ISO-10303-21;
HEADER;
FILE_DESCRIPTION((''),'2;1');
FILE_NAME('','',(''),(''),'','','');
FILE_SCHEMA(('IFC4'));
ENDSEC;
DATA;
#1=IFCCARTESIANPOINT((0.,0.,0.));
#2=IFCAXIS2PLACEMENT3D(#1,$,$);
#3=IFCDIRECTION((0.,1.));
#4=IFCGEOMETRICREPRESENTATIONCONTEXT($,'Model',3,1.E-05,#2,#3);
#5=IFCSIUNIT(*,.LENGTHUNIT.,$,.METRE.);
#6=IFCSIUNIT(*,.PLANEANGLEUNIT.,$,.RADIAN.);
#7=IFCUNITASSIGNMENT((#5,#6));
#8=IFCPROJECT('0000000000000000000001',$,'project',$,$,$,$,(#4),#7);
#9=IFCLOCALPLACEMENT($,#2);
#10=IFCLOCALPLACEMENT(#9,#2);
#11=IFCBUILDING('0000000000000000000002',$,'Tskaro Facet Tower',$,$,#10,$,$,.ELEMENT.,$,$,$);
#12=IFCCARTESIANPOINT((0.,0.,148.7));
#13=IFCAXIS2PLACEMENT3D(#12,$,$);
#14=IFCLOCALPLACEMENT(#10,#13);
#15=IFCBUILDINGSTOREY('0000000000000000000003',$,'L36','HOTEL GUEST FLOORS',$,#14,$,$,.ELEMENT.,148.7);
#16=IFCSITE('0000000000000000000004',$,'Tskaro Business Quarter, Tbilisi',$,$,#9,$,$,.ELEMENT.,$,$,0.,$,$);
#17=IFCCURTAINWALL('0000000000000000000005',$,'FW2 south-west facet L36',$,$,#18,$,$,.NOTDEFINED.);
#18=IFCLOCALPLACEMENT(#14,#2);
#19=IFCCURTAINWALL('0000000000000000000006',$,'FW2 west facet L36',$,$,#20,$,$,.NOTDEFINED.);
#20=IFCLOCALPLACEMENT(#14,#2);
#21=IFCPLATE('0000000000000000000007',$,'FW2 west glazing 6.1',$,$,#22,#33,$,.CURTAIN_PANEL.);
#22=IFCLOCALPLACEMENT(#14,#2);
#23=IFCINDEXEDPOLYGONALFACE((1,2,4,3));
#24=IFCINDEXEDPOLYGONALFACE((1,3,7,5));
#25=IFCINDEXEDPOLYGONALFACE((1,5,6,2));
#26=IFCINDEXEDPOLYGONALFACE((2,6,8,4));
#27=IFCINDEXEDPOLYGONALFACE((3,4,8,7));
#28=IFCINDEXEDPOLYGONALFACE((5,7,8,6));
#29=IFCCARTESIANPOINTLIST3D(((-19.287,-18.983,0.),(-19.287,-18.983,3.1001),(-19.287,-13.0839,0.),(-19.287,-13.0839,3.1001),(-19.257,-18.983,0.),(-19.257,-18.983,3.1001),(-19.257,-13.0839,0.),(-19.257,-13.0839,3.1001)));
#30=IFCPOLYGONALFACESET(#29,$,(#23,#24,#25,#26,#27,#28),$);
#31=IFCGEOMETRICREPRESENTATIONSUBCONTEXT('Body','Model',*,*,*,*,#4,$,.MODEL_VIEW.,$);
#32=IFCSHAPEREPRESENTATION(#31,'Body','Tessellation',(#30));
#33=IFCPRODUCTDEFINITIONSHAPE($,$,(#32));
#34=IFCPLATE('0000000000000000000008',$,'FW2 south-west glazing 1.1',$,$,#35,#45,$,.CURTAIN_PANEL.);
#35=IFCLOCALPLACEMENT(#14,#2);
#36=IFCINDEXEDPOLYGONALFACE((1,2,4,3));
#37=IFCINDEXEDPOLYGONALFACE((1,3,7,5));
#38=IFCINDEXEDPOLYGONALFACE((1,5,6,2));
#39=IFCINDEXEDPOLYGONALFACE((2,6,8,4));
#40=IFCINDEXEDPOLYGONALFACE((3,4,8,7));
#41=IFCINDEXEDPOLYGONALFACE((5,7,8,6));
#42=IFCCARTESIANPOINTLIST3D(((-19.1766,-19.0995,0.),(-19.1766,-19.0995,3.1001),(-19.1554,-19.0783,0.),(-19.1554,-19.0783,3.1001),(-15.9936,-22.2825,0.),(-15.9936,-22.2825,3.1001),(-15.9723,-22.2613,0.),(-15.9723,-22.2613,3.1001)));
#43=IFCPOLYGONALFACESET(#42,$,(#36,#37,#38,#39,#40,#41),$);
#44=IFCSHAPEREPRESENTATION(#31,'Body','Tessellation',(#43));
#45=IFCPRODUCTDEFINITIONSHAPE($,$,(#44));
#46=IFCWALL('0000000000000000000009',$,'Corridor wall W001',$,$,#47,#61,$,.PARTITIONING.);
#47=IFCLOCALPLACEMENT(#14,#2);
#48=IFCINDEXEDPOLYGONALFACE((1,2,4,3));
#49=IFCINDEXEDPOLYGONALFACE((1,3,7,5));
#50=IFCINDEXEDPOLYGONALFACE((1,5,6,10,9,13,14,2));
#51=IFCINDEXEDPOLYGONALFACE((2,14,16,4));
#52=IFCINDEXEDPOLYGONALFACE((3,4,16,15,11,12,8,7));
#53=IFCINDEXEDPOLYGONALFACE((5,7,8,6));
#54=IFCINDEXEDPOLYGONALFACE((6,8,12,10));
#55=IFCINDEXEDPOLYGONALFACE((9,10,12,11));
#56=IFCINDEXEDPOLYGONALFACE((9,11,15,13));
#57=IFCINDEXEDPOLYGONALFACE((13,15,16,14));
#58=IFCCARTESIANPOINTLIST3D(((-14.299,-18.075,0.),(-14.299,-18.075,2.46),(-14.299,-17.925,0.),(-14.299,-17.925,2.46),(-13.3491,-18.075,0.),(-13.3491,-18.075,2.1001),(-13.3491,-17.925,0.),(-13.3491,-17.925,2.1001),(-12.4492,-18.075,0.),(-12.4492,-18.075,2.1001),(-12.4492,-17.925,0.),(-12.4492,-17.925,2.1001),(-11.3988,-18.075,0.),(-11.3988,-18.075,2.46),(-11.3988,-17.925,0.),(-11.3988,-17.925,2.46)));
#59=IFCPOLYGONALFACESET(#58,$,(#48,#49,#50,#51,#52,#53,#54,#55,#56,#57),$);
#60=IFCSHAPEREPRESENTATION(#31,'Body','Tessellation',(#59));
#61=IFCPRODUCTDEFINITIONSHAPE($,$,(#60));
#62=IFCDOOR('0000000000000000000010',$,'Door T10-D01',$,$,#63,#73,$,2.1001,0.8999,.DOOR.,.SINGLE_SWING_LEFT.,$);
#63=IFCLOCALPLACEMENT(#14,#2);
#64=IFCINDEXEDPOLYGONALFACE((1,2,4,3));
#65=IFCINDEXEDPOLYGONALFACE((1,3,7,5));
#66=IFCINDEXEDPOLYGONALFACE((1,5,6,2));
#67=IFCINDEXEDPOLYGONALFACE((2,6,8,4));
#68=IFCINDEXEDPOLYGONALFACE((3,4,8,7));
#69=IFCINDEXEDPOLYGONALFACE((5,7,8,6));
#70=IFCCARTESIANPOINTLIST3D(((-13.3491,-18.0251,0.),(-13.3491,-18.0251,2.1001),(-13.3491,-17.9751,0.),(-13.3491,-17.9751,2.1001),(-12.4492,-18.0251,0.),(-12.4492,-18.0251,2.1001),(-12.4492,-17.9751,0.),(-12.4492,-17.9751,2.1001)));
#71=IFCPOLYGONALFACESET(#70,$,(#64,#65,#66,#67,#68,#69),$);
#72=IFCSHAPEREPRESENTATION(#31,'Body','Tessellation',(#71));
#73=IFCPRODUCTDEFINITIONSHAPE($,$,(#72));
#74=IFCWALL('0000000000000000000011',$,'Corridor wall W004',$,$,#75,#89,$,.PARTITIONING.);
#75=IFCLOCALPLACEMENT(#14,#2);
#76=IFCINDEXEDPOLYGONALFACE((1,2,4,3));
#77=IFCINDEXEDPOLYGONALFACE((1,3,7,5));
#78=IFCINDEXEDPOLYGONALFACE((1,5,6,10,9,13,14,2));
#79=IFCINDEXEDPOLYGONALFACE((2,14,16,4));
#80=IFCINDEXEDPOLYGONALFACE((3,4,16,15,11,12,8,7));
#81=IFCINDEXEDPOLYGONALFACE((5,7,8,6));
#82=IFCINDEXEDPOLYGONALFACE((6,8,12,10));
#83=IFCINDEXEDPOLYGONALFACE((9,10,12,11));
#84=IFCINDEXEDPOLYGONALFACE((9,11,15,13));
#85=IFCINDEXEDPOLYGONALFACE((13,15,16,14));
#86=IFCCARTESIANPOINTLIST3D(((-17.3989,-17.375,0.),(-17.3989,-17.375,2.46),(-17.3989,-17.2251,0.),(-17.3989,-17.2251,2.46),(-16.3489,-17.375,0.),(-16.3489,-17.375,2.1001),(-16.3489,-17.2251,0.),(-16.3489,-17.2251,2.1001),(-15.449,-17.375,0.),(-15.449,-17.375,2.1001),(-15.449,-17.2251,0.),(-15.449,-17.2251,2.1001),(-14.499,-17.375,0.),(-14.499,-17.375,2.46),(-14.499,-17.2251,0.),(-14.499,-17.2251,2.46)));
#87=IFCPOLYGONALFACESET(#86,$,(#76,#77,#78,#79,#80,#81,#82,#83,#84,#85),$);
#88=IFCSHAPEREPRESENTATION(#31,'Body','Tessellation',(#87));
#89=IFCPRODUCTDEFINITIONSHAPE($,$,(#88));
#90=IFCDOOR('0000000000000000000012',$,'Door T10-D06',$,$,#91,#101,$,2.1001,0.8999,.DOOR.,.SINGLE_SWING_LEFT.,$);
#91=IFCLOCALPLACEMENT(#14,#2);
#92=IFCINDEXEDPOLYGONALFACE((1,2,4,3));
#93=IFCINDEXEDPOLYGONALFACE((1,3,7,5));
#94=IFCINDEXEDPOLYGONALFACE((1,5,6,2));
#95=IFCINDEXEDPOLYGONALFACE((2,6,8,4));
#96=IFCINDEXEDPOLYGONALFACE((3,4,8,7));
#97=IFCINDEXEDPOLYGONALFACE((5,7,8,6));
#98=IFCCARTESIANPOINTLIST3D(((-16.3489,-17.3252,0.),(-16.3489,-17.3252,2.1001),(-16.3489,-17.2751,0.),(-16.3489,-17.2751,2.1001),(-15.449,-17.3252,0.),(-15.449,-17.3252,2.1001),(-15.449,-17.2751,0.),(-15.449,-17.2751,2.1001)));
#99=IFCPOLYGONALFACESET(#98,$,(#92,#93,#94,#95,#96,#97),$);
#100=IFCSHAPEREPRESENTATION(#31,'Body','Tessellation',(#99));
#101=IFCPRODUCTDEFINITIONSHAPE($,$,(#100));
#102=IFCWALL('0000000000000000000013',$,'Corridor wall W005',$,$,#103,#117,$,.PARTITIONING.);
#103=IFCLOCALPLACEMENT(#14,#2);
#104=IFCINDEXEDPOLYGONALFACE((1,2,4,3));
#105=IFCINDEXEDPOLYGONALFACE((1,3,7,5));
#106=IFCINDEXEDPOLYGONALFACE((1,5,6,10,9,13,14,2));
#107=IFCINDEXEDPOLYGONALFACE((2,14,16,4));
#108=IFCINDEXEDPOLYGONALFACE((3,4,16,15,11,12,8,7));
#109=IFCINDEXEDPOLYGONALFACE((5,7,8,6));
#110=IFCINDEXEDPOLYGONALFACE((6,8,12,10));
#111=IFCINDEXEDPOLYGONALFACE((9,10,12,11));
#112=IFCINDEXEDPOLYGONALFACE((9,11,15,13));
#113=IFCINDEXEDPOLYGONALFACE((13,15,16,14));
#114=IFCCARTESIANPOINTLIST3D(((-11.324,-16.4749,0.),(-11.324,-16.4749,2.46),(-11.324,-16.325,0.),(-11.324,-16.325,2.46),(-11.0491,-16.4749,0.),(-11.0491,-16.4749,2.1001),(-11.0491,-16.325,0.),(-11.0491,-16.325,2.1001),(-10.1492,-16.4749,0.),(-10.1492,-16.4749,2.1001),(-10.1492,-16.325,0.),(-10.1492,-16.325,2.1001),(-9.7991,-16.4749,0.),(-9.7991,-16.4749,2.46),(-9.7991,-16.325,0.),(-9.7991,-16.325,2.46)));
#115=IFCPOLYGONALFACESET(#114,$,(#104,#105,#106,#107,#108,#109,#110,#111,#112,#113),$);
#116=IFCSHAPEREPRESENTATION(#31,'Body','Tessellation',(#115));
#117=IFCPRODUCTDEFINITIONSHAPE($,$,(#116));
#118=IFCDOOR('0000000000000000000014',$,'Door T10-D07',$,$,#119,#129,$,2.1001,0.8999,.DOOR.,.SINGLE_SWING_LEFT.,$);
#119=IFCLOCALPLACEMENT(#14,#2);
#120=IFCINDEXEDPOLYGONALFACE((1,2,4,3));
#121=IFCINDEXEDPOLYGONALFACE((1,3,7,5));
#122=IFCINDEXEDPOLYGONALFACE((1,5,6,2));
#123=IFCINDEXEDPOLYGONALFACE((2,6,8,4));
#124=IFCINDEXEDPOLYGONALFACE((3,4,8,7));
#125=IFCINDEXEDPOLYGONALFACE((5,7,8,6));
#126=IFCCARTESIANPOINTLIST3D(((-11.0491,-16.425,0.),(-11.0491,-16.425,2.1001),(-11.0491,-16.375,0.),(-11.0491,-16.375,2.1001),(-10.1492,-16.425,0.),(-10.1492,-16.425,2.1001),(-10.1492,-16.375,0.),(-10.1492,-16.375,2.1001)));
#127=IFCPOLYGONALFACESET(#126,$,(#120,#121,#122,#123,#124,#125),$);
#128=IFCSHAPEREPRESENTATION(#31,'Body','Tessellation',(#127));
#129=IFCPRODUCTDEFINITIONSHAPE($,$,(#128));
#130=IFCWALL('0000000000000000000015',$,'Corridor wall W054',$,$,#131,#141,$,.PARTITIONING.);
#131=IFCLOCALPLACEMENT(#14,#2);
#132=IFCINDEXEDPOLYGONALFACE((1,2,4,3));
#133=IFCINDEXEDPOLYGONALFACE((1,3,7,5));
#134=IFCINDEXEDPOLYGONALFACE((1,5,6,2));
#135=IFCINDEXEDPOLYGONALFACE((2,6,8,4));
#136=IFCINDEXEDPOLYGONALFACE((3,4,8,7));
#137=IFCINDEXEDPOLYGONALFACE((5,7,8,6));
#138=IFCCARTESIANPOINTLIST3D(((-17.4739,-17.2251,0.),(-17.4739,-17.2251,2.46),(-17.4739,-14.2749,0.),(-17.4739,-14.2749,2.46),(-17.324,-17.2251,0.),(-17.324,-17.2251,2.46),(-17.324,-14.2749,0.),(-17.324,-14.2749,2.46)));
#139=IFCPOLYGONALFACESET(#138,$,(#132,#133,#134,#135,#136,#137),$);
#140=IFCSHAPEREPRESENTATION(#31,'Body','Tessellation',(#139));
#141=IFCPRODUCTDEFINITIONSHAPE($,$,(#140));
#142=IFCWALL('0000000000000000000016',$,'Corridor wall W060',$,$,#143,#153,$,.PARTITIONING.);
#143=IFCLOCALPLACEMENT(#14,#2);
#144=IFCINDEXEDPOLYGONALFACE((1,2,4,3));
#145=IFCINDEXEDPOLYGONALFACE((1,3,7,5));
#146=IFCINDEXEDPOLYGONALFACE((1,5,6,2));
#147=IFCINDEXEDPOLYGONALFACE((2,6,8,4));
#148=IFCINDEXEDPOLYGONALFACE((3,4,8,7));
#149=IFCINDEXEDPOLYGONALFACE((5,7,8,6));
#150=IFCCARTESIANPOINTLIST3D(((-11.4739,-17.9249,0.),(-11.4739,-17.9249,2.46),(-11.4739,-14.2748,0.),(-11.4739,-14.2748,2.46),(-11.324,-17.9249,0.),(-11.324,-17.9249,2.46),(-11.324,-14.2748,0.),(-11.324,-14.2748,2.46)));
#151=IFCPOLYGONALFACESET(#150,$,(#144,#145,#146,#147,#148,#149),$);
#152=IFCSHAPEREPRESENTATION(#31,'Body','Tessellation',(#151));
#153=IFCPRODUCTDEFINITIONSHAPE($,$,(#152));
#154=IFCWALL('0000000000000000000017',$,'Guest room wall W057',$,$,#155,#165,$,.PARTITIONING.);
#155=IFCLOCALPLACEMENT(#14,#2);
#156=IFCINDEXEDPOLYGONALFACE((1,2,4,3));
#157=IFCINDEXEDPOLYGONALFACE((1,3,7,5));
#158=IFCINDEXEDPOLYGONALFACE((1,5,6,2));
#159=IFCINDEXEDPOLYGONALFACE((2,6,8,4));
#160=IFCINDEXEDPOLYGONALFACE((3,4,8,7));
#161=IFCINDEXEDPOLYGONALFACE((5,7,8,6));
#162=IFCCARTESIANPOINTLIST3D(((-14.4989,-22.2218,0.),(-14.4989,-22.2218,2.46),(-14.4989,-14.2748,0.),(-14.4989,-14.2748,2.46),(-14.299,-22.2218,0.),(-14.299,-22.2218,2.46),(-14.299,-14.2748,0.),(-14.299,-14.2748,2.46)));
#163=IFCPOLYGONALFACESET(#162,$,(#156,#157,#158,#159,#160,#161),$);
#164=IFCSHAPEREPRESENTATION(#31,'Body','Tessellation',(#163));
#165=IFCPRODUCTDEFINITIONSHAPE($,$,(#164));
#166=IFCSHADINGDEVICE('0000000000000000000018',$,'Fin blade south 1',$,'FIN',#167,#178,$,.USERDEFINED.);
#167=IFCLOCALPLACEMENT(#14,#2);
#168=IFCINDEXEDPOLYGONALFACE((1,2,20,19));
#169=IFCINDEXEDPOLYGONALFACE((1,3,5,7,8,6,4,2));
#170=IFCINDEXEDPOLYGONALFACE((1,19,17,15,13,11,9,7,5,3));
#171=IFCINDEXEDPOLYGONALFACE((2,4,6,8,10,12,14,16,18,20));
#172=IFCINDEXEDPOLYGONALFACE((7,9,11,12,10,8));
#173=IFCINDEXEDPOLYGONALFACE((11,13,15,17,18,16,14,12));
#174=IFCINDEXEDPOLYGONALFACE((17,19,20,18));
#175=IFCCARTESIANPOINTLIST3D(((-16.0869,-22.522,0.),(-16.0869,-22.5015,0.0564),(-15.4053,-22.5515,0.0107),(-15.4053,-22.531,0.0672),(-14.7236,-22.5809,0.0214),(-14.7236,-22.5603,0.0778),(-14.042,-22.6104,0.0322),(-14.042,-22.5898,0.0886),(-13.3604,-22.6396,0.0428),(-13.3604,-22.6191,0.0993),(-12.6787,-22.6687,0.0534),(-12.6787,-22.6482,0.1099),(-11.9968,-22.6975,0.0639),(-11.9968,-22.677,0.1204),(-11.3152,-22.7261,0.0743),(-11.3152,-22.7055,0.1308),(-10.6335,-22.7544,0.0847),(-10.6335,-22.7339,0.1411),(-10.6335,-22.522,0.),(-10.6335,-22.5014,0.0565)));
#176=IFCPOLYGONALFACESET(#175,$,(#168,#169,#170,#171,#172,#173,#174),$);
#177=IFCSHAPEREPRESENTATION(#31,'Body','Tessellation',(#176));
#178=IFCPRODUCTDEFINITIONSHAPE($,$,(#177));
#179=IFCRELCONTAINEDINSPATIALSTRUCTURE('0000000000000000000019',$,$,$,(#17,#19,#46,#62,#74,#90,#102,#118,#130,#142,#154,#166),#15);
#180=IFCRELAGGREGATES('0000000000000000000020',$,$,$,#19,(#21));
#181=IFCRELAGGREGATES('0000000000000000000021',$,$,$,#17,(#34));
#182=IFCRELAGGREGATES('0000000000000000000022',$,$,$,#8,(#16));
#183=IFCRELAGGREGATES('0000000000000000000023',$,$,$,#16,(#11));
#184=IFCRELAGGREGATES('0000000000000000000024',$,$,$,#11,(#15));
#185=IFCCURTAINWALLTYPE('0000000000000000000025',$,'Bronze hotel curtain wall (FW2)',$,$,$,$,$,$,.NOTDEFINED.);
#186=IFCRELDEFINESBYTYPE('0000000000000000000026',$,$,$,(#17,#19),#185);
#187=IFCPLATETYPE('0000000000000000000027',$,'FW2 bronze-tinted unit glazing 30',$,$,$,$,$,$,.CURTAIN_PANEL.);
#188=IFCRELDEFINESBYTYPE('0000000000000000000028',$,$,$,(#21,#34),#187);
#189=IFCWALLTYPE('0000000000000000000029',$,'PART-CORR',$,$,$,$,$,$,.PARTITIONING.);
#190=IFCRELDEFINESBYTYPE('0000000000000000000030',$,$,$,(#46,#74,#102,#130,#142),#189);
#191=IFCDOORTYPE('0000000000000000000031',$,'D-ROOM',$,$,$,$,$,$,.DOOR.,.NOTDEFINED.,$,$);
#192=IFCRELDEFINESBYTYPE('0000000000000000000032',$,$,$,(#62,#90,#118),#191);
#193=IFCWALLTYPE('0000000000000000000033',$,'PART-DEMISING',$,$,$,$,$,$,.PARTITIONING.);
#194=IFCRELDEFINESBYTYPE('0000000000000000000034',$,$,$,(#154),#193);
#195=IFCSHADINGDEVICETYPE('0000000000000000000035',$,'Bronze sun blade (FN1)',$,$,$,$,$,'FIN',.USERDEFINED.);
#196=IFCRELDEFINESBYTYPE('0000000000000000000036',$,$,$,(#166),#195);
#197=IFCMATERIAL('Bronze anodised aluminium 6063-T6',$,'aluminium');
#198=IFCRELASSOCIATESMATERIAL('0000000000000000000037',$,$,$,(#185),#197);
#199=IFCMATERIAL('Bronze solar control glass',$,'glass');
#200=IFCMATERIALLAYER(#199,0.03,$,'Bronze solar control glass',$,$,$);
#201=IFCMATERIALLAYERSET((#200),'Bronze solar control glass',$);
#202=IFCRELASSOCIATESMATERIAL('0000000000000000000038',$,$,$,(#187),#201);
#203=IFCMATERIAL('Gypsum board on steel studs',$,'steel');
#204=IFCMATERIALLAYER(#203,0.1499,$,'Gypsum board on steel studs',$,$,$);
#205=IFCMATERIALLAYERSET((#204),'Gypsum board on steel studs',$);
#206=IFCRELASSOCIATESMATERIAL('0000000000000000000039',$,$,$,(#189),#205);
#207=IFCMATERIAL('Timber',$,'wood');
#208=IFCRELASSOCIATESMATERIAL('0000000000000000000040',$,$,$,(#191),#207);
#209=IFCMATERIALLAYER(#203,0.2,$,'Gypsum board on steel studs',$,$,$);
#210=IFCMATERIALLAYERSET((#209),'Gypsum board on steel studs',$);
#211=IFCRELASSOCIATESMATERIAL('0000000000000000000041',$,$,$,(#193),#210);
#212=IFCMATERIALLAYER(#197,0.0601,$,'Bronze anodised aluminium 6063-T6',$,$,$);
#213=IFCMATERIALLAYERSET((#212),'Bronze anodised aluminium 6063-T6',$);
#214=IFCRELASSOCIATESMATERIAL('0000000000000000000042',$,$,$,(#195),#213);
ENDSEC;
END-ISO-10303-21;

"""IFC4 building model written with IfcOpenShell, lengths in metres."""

from ifc_helpers import new_model, si_unit, direction, frame, frame_2d, origin, origin_2d, place, context, subcontext, project, spatial, polyline, rectangle, outline, extrude, material, layer, layer_set, type_object, element, fill, aggregate, save


model = new_model("IFC4")

# Units and contexts
model_context = context("Model", 3, precision=1e-05, world=origin(), true_north=direction((0.0, 1.0)))
body_context = subcontext(model_context, "Body", "Model", "MODEL_VIEW")
ifc_project = project(units=[si_unit("LENGTHUNIT", "METRE"), si_unit("PLANEANGLEUNIT", "RADIAN")], contexts=[model_context])

# Site, building, storey
site_placement = place(None, origin())
site = spatial("IfcSite", under=ifc_project, at=site_placement, Name="Tskaro Business Quarter, Tbilisi", CompositionType="ELEMENT", RefElevation=0.0)
building_placement = place(site_placement, origin())
building = spatial("IfcBuilding", under=site, at=building_placement, Name="Tskaro Facet Tower", CompositionType="ELEMENT")
storey_placement = place(building_placement, frame((0.0, 0.0, 148.7)))
storey = spatial("IfcBuildingStorey", under=building, at=storey_placement, Name="L36", Description="HOTEL GUEST FLOORS", CompositionType="ELEMENT", Elevation=148.7)

# Curtain wall
ifc_material_1 = material(Name="Bronze anodised aluminium 6063-T6", Category="aluminium")
curtain_wall_type = type_object("IfcCurtainWallType", Name="Bronze hotel curtain wall (FW2)", PredefinedType="NOTDEFINED", material=ifc_material_1)
curtain_wall_1_placement = place(storey_placement, origin())
curtain_wall_1 = element("IfcCurtainWall", 1, at=curtain_wall_1_placement, inside=storey, type_object=curtain_wall_type, Name="FW2 south-west facet L36", PredefinedType="NOTDEFINED")

# Shared definitions
ifc_material_2 = material(Name="Bronze solar control glass", Category="glass")
ifc_layer_1 = layer(ifc_material_2, 0.03, Name="Bronze solar control glass")
ifc_layer_set_1 = layer_set([ifc_layer_1], Name="Bronze solar control glass")
plate_type = type_object("IfcPlateType", Name="FW2 bronze-tinted unit glazing 30", PredefinedType="CURTAIN_PANEL", material=ifc_layer_set_1)

# Curtain wall, plate
curtain_wall_2_placement = place(storey_placement, origin())
curtain_wall_2 = element("IfcCurtainWall", 2, at=curtain_wall_2_placement, inside=storey, type_object=curtain_wall_type, Name="FW2 west facet L36", PredefinedType="NOTDEFINED")
plate_1_placement = place(storey_placement, frame((-19.272, -16.0334, 0.0), z_axis=(0.0, 0.0, 1.0), x_axis=(0.0, -1.0, 0.0)))
plate_1 = element("IfcPlate", 3, at=plate_1_placement, type_object=plate_type, Name="FW2 west glazing 6.1", PredefinedType="CURTAIN_PANEL", context=body_context, shape_type="SweptSolid", body=[
    extrude(rectangle(XDim=5.8992, YDim=0.03, at=origin_2d()), origin(), (0.0, 0.0, 1.0), 3.1001),
])
aggregate(curtain_wall_2, [plate_1])

# Plate
plate_2_placement = place(storey_placement, frame((-17.5745, -20.6804, 0.0), z_axis=(0.0, 0.0, 1.0), x_axis=(0.707107, -0.707107, 0.0)))
plate_2 = element("IfcPlate", 4, at=plate_2_placement, type_object=plate_type, Name="FW2 south-west glazing 1.1", PredefinedType="CURTAIN_PANEL", context=body_context, shape_type="SweptSolid", body=[
    extrude(rectangle(XDim=4.5015, YDim=0.03, at=origin_2d()), origin(), (0.0, 0.0, 1.0), 3.1001),
])
aggregate(curtain_wall_1, [plate_2])

# Walls, openings, doors
ifc_material_3 = material(Name="Gypsum board on steel studs", Category="steel")
ifc_layer_2 = layer(ifc_material_3, 0.1499, Name="Gypsum board on steel studs")
ifc_layer_set_2 = layer_set([ifc_layer_2], Name="Gypsum board on steel studs")
wall_type_1 = type_object("IfcWallType", Name="PART-CORR", PredefinedType="PARTITIONING", material=ifc_layer_set_2)
wall_1_placement = place(storey_placement, frame((-14.2991, -18.0, 0.0), z_axis=(0.0, 0.0, 1.0), x_axis=(1.0, 0.0, 0.0)))
wall_1 = element("IfcWall", 5, at=wall_1_placement, inside=storey, type_object=wall_type_1, Name="Corridor wall W001", PredefinedType="PARTITIONING", context=body_context, shape_type="SweptSolid", body=[
    extrude(rectangle(XDim=2.9001, YDim=0.1499, at=frame_2d((1.4502, 0.0))), origin(), (0.0, 0.0, 1.0), 2.46),
])
opening_1_placement = place(wall_1_placement, frame((0.95, 0.0, 0.0)))
opening_1 = element("IfcOpeningElement", 6, at=opening_1_placement, cuts=wall_1, PredefinedType="OPENING", context=body_context, shape_type="SweptSolid", body=[
    extrude(rectangle(XDim=0.8999, YDim=2.1001, at=frame_2d((0.45, 1.05))), frame((0.0, 0.085, 0.0), z_axis=(0.0, -1.0, 0.0), x_axis=(1.0, 0.0, 0.0)), (0.0, 0.0, 1.0), 0.1699),
])
ifc_material_4 = material(Name="Timber", Category="wood")
door_type = type_object("IfcDoorType", Name="D-ROOM", OperationType="NOTDEFINED", PredefinedType="DOOR", material=ifc_material_4)
door_1_placement = place(opening_1_placement, origin())
door_1 = element("IfcDoor", 7, at=door_1_placement, inside=storey, type_object=door_type, Name="Door T10-D01", OperationType="SINGLE_SWING_LEFT", OverallHeight=2.1001, OverallWidth=0.8999, PredefinedType="DOOR", context=body_context, shape_type="SweptSolid", body=[
    extrude(rectangle(XDim=0.8999, YDim=2.1001, at=frame_2d((0.45, 1.05))), frame((0.0, 0.0249, 0.0), z_axis=(0.0, -1.0, 0.0), x_axis=(1.0, 0.0, 0.0)), (0.0, 0.0, 1.0), 0.05),
])
fill(opening_1, door_1)
wall_2_placement = place(storey_placement, frame((-17.3989, -17.3, 0.0), z_axis=(0.0, 0.0, 1.0), x_axis=(1.0, 0.0, 0.0)))
wall_2 = element("IfcWall", 8, at=wall_2_placement, inside=storey, type_object=wall_type_1, Name="Corridor wall W004", PredefinedType="PARTITIONING", context=body_context, shape_type="SweptSolid", body=[
    extrude(rectangle(XDim=2.8999, YDim=0.1499, at=frame_2d((1.45, 0.0))), origin(), (0.0, 0.0, 1.0), 2.46),
])
opening_2_placement = place(wall_2_placement, frame((1.05, 0.0, 0.0)))
opening_2 = element("IfcOpeningElement", 9, at=opening_2_placement, cuts=wall_2, PredefinedType="OPENING", context=body_context, shape_type="SweptSolid", body=[
    extrude(rectangle(XDim=0.8999, YDim=2.1001, at=frame_2d((0.45, 1.05))), frame((0.0, 0.085, 0.0), z_axis=(0.0, -1.0, 0.0), x_axis=(1.0, 0.0, 0.0)), (0.0, 0.0, 1.0), 0.1699),
])
door_2_placement = place(opening_2_placement, origin())
door_2 = element("IfcDoor", 10, at=door_2_placement, inside=storey, type_object=door_type, Name="Door T10-D06", OperationType="SINGLE_SWING_LEFT", OverallHeight=2.1001, OverallWidth=0.8999, PredefinedType="DOOR", context=body_context, shape_type="SweptSolid", body=[
    extrude(rectangle(XDim=0.8999, YDim=2.1001, at=frame_2d((0.45, 1.05))), frame((0.0, 0.0249, 0.0), z_axis=(0.0, -1.0, 0.0), x_axis=(1.0, 0.0, 0.0)), (0.0, 0.0, 1.0), 0.05),
])
fill(opening_2, door_2)
wall_3_placement = place(storey_placement, frame((-11.324, -16.3999, 0.0), z_axis=(0.0, 0.0, 1.0), x_axis=(1.0, 0.0, 0.0)))
wall_3 = element("IfcWall", 11, at=wall_3_placement, inside=storey, type_object=wall_type_1, Name="Corridor wall W005", PredefinedType="PARTITIONING", context=body_context, shape_type="SweptSolid", body=[
    extrude(rectangle(XDim=1.5249, YDim=0.1499, at=frame_2d((0.7625, 0.0))), origin(), (0.0, 0.0, 1.0), 2.46),
])
opening_3_placement = place(wall_3_placement, frame((0.2749, 0.0, 0.0)))
opening_3 = element("IfcOpeningElement", 12, at=opening_3_placement, cuts=wall_3, PredefinedType="OPENING", context=body_context, shape_type="SweptSolid", body=[
    extrude(rectangle(XDim=0.8999, YDim=2.1001, at=frame_2d((0.45, 1.05))), frame((0.0, 0.085, 0.0), z_axis=(0.0, -1.0, 0.0), x_axis=(1.0, 0.0, 0.0)), (0.0, 0.0, 1.0), 0.1699),
])
door_3_placement = place(opening_3_placement, origin())
door_3 = element("IfcDoor", 13, at=door_3_placement, inside=storey, type_object=door_type, Name="Door T10-D07", OperationType="SINGLE_SWING_LEFT", OverallHeight=2.1001, OverallWidth=0.8999, PredefinedType="DOOR", context=body_context, shape_type="SweptSolid", body=[
    extrude(rectangle(XDim=0.8999, YDim=2.1001, at=frame_2d((0.45, 1.05))), frame((0.0, 0.0249, 0.0), z_axis=(0.0, -1.0, 0.0), x_axis=(1.0, 0.0, 0.0)), (0.0, 0.0, 1.0), 0.05),
])
fill(opening_3, door_3)

# Walls
wall_4_placement = place(storey_placement, frame((-17.3989, -17.2251, 0.0), z_axis=(0.0, 0.0, 1.0), x_axis=(0.0, 1.0, 0.0)))
element("IfcWall", 14, at=wall_4_placement, inside=storey, type_object=wall_type_1, Name="Corridor wall W054", PredefinedType="PARTITIONING", context=body_context, shape_type="SweptSolid", body=[
    extrude(rectangle(XDim=2.9502, YDim=0.1499, at=frame_2d((1.4751, 0.0))), origin(), (0.0, 0.0, 1.0), 2.46),
])
wall_5_placement = place(storey_placement, frame((-11.3989, -17.925, 0.0), z_axis=(0.0, 0.0, 1.0), x_axis=(0.0, 1.0, 0.0)))
element("IfcWall", 15, at=wall_5_placement, inside=storey, type_object=wall_type_1, Name="Corridor wall W060", PredefinedType="PARTITIONING", context=body_context, shape_type="SweptSolid", body=[
    extrude(rectangle(XDim=3.6501, YDim=0.1499, at=frame_2d((1.8252, 0.0))), origin(), (0.0, 0.0, 1.0), 2.46),
])
ifc_layer_3 = layer(ifc_material_3, 0.2, Name="Gypsum board on steel studs")
ifc_layer_set_3 = layer_set([ifc_layer_3], Name="Gypsum board on steel studs")
wall_type_2 = type_object("IfcWallType", Name="PART-DEMISING", PredefinedType="PARTITIONING", material=ifc_layer_set_3)
wall_6_placement = place(storey_placement, frame((-14.3989, -22.2219, 0.0), z_axis=(0.0, 0.0, 1.0), x_axis=(0.0, 1.0, 0.0)))
element("IfcWall", 16, at=wall_6_placement, inside=storey, type_object=wall_type_2, Name="Guest room wall W057", PredefinedType="PARTITIONING", context=body_context, shape_type="SweptSolid", body=[
    extrude(rectangle(XDim=7.947, YDim=0.2, at=frame_2d((3.9736, 0.0))), origin(), (0.0, 0.0, 1.0), 2.46),
])

# Shading device
ifc_layer_4 = layer(ifc_material_1, 0.0601, Name="Bronze anodised aluminium 6063-T6")
ifc_layer_set_4 = layer_set([ifc_layer_4], Name="Bronze anodised aluminium 6063-T6")
shading_device_type = type_object("IfcShadingDeviceType", Name="Bronze sun blade (FN1)", ElementType="FIN", PredefinedType="USERDEFINED", material=ifc_layer_set_4)
shading_device_1_placement = place(storey_placement, frame((-16.0869, -22.5015, 0.0564), z_axis=(-0.000015, 0.342146, 0.939647), x_axis=(1.0, 0.000005, 0.000014)))
element("IfcShadingDevice", 17, at=shading_device_1_placement, inside=storey, type_object=shading_device_type, Name="Fin blade south 1", ObjectType="FIN", PredefinedType="USERDEFINED", context=body_context, shape_type="SweptSolid", body=[
    extrude(outline(polyline([(0.0, 0.0), (5.4534, 0.0), (5.4534, -0.2474), (4.7717, -0.2172), (4.0901, -0.1868), (3.4082, -0.1562), (2.7266, -0.1252), (2.0449, -0.0941), (1.3633, -0.0626), (0.6816, -0.0314), (0.0, 0.0)])), origin(), (0.0, 0.0, -1.0), 0.0601),
])

save(model, "model.ifc")
